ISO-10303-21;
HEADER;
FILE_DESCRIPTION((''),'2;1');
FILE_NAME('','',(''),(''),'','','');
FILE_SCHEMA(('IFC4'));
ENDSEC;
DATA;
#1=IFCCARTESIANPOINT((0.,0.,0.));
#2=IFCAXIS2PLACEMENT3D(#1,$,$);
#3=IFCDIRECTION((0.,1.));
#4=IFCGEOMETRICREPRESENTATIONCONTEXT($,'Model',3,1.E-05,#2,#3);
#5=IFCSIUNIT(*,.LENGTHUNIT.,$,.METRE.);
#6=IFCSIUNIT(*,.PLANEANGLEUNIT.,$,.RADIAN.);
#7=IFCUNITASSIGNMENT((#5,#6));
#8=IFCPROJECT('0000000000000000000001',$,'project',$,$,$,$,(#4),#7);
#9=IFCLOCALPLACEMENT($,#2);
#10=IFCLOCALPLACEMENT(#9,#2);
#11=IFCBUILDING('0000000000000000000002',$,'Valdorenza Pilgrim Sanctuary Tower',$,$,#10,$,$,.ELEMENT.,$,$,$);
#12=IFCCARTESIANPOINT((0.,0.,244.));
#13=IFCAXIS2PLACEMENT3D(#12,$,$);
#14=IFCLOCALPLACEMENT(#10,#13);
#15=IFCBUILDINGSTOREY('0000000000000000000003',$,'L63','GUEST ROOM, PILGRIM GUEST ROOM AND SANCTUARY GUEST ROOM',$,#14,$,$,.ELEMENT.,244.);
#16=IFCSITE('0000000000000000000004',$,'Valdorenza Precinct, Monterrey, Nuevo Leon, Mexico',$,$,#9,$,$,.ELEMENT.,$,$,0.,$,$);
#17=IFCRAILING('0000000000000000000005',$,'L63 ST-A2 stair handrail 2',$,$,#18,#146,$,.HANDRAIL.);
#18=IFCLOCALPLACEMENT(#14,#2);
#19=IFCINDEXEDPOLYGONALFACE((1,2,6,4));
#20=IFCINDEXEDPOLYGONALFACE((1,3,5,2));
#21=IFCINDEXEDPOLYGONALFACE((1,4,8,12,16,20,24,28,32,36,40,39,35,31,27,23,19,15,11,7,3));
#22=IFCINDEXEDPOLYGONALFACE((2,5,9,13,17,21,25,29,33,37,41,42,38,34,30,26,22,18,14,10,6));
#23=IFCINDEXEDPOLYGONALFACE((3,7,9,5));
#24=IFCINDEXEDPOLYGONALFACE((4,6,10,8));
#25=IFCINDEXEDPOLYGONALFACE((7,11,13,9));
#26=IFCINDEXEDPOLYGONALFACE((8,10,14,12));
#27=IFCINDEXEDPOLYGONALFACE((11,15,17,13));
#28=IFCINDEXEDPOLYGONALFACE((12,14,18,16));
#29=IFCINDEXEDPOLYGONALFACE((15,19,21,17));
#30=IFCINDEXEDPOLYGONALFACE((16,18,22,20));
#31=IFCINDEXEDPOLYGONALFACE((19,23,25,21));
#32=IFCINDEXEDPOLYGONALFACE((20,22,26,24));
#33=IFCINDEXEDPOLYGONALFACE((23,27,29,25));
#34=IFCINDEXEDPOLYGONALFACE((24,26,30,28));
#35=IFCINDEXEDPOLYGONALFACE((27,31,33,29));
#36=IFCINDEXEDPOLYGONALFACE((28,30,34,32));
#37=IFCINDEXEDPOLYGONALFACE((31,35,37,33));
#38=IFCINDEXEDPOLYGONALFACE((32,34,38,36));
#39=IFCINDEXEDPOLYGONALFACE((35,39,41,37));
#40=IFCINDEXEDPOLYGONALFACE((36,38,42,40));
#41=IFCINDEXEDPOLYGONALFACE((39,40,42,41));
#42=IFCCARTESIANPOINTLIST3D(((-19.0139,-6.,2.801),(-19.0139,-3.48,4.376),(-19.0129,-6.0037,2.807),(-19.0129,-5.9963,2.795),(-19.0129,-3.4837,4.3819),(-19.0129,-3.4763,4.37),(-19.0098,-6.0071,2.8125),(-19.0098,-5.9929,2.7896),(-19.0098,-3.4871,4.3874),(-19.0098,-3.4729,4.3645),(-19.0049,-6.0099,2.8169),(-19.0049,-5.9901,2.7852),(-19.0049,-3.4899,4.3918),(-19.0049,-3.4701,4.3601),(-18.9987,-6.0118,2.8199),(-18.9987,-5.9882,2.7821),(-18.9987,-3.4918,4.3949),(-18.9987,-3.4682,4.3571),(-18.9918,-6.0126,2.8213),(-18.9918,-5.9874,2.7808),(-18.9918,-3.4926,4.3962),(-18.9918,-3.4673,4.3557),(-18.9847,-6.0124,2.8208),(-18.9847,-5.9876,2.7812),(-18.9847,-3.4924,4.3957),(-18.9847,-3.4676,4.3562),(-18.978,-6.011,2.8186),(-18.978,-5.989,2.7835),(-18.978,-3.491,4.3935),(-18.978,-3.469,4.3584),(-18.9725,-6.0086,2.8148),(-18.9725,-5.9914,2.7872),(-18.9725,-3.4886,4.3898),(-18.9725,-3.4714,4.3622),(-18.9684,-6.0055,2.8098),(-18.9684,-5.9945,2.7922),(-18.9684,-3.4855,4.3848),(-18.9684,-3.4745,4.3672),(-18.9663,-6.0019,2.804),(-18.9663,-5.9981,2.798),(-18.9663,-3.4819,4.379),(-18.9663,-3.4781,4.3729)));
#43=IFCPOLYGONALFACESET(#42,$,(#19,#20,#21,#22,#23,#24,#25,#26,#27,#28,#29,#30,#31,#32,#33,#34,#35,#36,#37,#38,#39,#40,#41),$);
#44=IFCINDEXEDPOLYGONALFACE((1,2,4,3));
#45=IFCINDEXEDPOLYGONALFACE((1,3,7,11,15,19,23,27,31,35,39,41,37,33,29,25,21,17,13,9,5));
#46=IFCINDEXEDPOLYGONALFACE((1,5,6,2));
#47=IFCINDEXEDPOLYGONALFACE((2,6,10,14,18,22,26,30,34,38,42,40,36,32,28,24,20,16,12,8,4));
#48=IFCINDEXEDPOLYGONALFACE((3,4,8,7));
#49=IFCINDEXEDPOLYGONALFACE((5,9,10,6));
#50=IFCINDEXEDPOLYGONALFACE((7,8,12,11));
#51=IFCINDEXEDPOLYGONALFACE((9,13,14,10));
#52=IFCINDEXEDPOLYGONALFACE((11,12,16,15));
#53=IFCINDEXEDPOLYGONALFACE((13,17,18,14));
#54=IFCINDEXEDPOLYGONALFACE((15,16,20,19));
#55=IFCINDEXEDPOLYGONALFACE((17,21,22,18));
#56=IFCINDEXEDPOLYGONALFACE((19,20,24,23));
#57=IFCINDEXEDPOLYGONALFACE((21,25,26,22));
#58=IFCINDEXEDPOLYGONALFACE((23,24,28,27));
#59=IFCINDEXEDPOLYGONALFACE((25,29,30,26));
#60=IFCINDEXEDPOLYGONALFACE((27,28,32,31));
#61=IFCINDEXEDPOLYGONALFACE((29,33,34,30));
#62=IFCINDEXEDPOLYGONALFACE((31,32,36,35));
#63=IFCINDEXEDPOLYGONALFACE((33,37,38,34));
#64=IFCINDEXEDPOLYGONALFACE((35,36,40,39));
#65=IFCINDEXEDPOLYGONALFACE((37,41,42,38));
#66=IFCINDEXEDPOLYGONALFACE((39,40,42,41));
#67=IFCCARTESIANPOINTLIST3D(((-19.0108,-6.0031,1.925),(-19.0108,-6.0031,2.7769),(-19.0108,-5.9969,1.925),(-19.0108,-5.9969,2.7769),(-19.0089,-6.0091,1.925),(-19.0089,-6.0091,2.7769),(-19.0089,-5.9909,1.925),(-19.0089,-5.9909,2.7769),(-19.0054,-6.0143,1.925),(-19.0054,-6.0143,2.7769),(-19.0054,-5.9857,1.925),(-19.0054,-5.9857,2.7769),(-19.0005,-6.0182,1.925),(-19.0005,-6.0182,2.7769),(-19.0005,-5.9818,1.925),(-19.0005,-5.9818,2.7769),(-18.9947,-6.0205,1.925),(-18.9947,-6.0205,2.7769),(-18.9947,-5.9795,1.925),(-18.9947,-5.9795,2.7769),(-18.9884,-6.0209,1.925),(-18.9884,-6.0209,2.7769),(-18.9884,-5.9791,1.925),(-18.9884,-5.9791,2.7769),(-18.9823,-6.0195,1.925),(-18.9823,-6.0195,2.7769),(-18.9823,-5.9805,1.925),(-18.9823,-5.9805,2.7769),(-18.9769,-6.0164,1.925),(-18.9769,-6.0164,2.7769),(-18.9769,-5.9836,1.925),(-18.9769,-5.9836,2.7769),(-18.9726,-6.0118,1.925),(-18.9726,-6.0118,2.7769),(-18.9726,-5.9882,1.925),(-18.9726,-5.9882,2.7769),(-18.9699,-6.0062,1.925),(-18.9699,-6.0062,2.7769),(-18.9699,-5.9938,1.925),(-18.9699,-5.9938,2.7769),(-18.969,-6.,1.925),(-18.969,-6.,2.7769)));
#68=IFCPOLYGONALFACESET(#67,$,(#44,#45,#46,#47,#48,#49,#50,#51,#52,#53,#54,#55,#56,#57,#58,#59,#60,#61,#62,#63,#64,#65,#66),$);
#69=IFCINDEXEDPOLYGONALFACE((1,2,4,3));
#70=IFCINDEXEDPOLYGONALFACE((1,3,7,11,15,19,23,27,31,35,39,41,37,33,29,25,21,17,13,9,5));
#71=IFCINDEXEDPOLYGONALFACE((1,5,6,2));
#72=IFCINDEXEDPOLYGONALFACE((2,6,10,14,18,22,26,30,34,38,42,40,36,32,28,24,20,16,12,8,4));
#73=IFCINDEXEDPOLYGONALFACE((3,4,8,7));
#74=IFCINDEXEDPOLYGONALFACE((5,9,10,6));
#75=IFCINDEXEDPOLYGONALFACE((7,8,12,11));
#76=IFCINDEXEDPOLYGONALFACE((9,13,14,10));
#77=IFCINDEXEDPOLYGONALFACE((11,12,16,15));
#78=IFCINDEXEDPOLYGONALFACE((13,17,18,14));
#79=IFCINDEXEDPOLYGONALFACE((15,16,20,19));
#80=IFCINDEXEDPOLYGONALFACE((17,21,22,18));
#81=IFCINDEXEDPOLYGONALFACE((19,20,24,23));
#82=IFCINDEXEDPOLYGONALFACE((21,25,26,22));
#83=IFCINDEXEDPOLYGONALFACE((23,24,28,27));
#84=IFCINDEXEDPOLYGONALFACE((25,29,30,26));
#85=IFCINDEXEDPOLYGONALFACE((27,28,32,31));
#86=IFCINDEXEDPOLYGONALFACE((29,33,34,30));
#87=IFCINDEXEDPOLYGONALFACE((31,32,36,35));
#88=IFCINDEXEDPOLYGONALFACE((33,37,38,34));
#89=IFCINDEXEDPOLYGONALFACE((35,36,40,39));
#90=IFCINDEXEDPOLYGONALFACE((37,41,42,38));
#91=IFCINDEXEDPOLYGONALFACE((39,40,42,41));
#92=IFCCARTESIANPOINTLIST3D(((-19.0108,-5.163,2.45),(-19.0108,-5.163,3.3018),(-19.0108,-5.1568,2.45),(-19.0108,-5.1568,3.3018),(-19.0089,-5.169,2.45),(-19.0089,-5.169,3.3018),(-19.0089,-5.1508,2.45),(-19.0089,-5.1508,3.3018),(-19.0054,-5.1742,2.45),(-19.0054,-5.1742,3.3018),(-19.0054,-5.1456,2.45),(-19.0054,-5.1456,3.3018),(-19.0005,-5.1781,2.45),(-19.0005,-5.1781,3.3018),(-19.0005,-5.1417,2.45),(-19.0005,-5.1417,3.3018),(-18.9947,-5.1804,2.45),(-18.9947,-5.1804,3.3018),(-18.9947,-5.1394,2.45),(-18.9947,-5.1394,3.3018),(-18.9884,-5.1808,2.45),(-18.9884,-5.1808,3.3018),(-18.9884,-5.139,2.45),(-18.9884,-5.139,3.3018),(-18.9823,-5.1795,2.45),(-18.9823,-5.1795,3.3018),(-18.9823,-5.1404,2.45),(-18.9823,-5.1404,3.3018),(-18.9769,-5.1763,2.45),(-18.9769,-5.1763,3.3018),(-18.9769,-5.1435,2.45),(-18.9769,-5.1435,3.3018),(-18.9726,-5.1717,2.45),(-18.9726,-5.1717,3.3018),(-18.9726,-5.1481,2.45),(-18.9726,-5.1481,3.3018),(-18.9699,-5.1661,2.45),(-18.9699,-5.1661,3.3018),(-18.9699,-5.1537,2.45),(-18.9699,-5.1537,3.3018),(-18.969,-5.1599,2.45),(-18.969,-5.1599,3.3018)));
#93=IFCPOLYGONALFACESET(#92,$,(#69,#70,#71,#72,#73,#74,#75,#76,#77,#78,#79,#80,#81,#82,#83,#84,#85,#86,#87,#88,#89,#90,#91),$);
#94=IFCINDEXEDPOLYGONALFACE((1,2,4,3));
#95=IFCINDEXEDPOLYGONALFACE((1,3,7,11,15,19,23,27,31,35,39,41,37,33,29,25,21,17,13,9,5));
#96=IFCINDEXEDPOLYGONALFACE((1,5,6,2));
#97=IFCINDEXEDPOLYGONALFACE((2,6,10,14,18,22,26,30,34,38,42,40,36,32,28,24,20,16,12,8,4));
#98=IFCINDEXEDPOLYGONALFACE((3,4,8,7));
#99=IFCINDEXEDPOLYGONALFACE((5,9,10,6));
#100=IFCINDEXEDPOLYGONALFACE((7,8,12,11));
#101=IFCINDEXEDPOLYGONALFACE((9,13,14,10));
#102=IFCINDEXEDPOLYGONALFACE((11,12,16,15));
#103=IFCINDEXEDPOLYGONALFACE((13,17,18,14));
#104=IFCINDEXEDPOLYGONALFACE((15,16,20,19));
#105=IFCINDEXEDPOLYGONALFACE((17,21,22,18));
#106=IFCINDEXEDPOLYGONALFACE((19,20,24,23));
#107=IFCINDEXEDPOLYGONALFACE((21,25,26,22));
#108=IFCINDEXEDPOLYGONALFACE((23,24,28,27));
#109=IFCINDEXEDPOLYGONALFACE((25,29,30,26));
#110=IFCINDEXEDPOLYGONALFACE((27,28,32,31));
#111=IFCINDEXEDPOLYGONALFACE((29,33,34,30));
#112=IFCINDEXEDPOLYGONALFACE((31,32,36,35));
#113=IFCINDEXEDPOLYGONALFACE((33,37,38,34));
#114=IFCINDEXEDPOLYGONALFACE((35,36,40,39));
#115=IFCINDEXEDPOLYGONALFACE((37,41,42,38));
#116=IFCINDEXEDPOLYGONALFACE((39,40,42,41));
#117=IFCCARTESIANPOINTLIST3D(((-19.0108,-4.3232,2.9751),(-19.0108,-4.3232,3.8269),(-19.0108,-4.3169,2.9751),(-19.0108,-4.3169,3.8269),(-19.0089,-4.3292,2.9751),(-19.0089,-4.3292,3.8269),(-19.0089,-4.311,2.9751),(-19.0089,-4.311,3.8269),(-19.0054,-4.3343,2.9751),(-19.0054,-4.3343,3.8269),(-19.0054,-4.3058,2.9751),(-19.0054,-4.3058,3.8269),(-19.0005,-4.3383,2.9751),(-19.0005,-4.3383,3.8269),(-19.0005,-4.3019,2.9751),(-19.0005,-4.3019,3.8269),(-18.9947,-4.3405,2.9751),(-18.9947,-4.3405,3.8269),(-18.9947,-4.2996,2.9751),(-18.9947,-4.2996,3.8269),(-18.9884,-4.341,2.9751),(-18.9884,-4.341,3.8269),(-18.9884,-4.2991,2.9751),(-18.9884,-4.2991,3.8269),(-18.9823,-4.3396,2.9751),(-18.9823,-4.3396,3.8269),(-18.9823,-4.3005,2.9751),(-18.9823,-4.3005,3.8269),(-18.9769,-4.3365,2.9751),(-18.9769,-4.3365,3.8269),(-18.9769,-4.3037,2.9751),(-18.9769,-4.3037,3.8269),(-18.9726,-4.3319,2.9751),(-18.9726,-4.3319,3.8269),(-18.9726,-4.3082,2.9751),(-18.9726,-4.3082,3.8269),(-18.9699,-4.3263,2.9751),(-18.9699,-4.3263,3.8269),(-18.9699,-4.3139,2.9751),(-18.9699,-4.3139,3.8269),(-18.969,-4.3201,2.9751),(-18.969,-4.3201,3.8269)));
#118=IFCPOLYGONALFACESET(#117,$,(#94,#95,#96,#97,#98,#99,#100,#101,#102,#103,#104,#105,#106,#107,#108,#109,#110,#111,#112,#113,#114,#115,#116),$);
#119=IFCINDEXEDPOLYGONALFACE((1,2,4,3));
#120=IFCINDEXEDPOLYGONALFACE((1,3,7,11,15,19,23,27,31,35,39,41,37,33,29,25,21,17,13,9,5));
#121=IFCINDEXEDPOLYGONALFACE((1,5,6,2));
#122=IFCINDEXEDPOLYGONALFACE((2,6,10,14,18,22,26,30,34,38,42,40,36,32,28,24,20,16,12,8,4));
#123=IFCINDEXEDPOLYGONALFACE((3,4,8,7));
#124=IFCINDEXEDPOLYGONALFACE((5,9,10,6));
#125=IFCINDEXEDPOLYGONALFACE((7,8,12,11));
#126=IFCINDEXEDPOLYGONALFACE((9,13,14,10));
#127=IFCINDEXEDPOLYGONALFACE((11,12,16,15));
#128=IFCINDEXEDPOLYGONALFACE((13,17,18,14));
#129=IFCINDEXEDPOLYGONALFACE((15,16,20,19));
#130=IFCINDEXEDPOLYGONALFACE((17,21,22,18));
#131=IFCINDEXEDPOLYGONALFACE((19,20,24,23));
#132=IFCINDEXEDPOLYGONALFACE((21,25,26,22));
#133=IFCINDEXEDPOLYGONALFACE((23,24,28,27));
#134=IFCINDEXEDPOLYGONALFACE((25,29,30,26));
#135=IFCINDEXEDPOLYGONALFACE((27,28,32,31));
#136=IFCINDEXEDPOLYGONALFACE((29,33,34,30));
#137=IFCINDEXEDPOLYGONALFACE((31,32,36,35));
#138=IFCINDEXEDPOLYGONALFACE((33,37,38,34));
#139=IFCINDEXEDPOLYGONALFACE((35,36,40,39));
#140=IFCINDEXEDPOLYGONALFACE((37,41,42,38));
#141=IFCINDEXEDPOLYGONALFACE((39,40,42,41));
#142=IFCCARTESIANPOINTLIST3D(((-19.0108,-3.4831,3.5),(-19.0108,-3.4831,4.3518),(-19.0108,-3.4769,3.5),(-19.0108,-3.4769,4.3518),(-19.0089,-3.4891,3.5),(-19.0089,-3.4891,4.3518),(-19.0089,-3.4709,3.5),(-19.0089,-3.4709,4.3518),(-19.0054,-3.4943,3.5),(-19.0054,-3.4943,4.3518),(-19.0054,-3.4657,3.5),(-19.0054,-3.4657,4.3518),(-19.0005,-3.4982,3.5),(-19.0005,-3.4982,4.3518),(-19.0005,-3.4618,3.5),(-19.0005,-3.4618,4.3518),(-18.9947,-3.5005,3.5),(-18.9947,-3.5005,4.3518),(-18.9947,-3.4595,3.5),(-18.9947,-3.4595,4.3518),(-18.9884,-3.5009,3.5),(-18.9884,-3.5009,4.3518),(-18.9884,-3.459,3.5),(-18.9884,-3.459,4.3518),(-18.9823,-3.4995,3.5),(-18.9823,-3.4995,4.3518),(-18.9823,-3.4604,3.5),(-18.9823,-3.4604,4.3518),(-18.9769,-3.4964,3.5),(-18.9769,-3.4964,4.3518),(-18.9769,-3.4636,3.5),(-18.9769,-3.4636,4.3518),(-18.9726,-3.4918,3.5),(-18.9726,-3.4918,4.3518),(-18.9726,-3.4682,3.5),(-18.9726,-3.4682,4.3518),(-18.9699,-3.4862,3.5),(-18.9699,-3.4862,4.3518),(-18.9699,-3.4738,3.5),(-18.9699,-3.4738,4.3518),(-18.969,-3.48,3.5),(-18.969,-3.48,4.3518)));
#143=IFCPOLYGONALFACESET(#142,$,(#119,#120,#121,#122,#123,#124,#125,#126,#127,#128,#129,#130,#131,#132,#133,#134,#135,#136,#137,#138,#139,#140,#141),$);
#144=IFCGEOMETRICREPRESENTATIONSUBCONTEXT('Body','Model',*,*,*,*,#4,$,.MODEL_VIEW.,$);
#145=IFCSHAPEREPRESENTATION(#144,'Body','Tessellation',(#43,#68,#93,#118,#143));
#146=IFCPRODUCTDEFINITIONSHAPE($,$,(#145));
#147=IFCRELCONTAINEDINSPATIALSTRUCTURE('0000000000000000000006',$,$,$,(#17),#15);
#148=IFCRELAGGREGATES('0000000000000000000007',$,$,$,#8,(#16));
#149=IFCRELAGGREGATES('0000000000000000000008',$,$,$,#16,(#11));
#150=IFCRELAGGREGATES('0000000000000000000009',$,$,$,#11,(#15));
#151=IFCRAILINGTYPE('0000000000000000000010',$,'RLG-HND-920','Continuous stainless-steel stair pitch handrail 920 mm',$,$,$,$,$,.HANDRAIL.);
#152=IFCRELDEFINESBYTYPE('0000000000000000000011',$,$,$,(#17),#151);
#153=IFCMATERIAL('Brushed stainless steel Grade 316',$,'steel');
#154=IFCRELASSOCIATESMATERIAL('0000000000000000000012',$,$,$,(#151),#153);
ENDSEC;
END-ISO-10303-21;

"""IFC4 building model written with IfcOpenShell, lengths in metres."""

from ifc_helpers import new_model, si_unit, direction, frame, origin, origin_2d, place, context, subcontext, project, spatial, circle, extrude, material, type_object, element, save


model = new_model("IFC4")

# Units and contexts
model_context = context("Model", 3, precision=1e-05, world=origin(), true_north=direction((0.0, 1.0)))
body_context = subcontext(model_context, "Body", "Model", "MODEL_VIEW")
ifc_project = project(units=[si_unit("LENGTHUNIT", "METRE"), si_unit("PLANEANGLEUNIT", "RADIAN")], contexts=[model_context])

# Site, building, storey
site_placement = place(None, origin())
site = spatial("IfcSite", under=ifc_project, at=site_placement, Name="Valdorenza Precinct, Monterrey, Nuevo Leon, Mexico", CompositionType="ELEMENT", RefElevation=0.0)
building_placement = place(site_placement, origin())
building = spatial("IfcBuilding", under=site, at=building_placement, Name="Valdorenza Pilgrim Sanctuary Tower", CompositionType="ELEMENT")
storey_placement = place(building_placement, frame((0.0, 0.0, 244.0)))
storey = spatial("IfcBuildingStorey", under=building, at=storey_placement, Name="L63", Description="GUEST ROOM, PILGRIM GUEST ROOM AND SANCTUARY GUEST ROOM", CompositionType="ELEMENT", Elevation=244.0)

# Railing
ifc_material_1 = material(Name="Brushed stainless steel Grade 316", Category="steel")
railing_type_1 = type_object("IfcRailingType", Name="RLG-HND-920", Description="Continuous stainless-steel stair pitch handrail 920 mm", PredefinedType="HANDRAIL", material=ifc_material_1)
railing_1_placement = place(storey_placement, frame((-18.99, -6.0, 1.925)))
element("IfcRailing", 1, at=railing_1_placement, inside=storey, type_object=railing_type_1, Name="L63 ST-A2 stair handrail 2", PredefinedType="HANDRAIL", context=body_context, shape_type="SweptSolid", body=[
    extrude(circle(Radius=0.0239, at=origin_2d()), frame((0.0, 0.0, 0.876), z_axis=(0.0, 0.848008, 0.529984), x_axis=(-1.0, 0.0, 0.0)), (0.0, 0.0, 1.0), 2.9717),
    extrude(circle(Radius=0.021, at=origin_2d()), origin(), (0.0, 0.0, 1.0), 0.8518),
    extrude(circle(Radius=0.021, at=origin_2d()), frame((0.0, 0.8401, 0.5249)), (0.0, 0.0, 1.0), 0.8518),
    extrude(circle(Radius=0.021, at=origin_2d()), frame((0.0, 1.6799, 1.05)), (0.0, 0.0, 1.0), 0.8518),
    extrude(circle(Radius=0.021, at=origin_2d()), frame((0.0, 2.52, 1.575)), (0.0, 0.0, 1.0), 0.8518),
])

save(model, "model.ifc")
